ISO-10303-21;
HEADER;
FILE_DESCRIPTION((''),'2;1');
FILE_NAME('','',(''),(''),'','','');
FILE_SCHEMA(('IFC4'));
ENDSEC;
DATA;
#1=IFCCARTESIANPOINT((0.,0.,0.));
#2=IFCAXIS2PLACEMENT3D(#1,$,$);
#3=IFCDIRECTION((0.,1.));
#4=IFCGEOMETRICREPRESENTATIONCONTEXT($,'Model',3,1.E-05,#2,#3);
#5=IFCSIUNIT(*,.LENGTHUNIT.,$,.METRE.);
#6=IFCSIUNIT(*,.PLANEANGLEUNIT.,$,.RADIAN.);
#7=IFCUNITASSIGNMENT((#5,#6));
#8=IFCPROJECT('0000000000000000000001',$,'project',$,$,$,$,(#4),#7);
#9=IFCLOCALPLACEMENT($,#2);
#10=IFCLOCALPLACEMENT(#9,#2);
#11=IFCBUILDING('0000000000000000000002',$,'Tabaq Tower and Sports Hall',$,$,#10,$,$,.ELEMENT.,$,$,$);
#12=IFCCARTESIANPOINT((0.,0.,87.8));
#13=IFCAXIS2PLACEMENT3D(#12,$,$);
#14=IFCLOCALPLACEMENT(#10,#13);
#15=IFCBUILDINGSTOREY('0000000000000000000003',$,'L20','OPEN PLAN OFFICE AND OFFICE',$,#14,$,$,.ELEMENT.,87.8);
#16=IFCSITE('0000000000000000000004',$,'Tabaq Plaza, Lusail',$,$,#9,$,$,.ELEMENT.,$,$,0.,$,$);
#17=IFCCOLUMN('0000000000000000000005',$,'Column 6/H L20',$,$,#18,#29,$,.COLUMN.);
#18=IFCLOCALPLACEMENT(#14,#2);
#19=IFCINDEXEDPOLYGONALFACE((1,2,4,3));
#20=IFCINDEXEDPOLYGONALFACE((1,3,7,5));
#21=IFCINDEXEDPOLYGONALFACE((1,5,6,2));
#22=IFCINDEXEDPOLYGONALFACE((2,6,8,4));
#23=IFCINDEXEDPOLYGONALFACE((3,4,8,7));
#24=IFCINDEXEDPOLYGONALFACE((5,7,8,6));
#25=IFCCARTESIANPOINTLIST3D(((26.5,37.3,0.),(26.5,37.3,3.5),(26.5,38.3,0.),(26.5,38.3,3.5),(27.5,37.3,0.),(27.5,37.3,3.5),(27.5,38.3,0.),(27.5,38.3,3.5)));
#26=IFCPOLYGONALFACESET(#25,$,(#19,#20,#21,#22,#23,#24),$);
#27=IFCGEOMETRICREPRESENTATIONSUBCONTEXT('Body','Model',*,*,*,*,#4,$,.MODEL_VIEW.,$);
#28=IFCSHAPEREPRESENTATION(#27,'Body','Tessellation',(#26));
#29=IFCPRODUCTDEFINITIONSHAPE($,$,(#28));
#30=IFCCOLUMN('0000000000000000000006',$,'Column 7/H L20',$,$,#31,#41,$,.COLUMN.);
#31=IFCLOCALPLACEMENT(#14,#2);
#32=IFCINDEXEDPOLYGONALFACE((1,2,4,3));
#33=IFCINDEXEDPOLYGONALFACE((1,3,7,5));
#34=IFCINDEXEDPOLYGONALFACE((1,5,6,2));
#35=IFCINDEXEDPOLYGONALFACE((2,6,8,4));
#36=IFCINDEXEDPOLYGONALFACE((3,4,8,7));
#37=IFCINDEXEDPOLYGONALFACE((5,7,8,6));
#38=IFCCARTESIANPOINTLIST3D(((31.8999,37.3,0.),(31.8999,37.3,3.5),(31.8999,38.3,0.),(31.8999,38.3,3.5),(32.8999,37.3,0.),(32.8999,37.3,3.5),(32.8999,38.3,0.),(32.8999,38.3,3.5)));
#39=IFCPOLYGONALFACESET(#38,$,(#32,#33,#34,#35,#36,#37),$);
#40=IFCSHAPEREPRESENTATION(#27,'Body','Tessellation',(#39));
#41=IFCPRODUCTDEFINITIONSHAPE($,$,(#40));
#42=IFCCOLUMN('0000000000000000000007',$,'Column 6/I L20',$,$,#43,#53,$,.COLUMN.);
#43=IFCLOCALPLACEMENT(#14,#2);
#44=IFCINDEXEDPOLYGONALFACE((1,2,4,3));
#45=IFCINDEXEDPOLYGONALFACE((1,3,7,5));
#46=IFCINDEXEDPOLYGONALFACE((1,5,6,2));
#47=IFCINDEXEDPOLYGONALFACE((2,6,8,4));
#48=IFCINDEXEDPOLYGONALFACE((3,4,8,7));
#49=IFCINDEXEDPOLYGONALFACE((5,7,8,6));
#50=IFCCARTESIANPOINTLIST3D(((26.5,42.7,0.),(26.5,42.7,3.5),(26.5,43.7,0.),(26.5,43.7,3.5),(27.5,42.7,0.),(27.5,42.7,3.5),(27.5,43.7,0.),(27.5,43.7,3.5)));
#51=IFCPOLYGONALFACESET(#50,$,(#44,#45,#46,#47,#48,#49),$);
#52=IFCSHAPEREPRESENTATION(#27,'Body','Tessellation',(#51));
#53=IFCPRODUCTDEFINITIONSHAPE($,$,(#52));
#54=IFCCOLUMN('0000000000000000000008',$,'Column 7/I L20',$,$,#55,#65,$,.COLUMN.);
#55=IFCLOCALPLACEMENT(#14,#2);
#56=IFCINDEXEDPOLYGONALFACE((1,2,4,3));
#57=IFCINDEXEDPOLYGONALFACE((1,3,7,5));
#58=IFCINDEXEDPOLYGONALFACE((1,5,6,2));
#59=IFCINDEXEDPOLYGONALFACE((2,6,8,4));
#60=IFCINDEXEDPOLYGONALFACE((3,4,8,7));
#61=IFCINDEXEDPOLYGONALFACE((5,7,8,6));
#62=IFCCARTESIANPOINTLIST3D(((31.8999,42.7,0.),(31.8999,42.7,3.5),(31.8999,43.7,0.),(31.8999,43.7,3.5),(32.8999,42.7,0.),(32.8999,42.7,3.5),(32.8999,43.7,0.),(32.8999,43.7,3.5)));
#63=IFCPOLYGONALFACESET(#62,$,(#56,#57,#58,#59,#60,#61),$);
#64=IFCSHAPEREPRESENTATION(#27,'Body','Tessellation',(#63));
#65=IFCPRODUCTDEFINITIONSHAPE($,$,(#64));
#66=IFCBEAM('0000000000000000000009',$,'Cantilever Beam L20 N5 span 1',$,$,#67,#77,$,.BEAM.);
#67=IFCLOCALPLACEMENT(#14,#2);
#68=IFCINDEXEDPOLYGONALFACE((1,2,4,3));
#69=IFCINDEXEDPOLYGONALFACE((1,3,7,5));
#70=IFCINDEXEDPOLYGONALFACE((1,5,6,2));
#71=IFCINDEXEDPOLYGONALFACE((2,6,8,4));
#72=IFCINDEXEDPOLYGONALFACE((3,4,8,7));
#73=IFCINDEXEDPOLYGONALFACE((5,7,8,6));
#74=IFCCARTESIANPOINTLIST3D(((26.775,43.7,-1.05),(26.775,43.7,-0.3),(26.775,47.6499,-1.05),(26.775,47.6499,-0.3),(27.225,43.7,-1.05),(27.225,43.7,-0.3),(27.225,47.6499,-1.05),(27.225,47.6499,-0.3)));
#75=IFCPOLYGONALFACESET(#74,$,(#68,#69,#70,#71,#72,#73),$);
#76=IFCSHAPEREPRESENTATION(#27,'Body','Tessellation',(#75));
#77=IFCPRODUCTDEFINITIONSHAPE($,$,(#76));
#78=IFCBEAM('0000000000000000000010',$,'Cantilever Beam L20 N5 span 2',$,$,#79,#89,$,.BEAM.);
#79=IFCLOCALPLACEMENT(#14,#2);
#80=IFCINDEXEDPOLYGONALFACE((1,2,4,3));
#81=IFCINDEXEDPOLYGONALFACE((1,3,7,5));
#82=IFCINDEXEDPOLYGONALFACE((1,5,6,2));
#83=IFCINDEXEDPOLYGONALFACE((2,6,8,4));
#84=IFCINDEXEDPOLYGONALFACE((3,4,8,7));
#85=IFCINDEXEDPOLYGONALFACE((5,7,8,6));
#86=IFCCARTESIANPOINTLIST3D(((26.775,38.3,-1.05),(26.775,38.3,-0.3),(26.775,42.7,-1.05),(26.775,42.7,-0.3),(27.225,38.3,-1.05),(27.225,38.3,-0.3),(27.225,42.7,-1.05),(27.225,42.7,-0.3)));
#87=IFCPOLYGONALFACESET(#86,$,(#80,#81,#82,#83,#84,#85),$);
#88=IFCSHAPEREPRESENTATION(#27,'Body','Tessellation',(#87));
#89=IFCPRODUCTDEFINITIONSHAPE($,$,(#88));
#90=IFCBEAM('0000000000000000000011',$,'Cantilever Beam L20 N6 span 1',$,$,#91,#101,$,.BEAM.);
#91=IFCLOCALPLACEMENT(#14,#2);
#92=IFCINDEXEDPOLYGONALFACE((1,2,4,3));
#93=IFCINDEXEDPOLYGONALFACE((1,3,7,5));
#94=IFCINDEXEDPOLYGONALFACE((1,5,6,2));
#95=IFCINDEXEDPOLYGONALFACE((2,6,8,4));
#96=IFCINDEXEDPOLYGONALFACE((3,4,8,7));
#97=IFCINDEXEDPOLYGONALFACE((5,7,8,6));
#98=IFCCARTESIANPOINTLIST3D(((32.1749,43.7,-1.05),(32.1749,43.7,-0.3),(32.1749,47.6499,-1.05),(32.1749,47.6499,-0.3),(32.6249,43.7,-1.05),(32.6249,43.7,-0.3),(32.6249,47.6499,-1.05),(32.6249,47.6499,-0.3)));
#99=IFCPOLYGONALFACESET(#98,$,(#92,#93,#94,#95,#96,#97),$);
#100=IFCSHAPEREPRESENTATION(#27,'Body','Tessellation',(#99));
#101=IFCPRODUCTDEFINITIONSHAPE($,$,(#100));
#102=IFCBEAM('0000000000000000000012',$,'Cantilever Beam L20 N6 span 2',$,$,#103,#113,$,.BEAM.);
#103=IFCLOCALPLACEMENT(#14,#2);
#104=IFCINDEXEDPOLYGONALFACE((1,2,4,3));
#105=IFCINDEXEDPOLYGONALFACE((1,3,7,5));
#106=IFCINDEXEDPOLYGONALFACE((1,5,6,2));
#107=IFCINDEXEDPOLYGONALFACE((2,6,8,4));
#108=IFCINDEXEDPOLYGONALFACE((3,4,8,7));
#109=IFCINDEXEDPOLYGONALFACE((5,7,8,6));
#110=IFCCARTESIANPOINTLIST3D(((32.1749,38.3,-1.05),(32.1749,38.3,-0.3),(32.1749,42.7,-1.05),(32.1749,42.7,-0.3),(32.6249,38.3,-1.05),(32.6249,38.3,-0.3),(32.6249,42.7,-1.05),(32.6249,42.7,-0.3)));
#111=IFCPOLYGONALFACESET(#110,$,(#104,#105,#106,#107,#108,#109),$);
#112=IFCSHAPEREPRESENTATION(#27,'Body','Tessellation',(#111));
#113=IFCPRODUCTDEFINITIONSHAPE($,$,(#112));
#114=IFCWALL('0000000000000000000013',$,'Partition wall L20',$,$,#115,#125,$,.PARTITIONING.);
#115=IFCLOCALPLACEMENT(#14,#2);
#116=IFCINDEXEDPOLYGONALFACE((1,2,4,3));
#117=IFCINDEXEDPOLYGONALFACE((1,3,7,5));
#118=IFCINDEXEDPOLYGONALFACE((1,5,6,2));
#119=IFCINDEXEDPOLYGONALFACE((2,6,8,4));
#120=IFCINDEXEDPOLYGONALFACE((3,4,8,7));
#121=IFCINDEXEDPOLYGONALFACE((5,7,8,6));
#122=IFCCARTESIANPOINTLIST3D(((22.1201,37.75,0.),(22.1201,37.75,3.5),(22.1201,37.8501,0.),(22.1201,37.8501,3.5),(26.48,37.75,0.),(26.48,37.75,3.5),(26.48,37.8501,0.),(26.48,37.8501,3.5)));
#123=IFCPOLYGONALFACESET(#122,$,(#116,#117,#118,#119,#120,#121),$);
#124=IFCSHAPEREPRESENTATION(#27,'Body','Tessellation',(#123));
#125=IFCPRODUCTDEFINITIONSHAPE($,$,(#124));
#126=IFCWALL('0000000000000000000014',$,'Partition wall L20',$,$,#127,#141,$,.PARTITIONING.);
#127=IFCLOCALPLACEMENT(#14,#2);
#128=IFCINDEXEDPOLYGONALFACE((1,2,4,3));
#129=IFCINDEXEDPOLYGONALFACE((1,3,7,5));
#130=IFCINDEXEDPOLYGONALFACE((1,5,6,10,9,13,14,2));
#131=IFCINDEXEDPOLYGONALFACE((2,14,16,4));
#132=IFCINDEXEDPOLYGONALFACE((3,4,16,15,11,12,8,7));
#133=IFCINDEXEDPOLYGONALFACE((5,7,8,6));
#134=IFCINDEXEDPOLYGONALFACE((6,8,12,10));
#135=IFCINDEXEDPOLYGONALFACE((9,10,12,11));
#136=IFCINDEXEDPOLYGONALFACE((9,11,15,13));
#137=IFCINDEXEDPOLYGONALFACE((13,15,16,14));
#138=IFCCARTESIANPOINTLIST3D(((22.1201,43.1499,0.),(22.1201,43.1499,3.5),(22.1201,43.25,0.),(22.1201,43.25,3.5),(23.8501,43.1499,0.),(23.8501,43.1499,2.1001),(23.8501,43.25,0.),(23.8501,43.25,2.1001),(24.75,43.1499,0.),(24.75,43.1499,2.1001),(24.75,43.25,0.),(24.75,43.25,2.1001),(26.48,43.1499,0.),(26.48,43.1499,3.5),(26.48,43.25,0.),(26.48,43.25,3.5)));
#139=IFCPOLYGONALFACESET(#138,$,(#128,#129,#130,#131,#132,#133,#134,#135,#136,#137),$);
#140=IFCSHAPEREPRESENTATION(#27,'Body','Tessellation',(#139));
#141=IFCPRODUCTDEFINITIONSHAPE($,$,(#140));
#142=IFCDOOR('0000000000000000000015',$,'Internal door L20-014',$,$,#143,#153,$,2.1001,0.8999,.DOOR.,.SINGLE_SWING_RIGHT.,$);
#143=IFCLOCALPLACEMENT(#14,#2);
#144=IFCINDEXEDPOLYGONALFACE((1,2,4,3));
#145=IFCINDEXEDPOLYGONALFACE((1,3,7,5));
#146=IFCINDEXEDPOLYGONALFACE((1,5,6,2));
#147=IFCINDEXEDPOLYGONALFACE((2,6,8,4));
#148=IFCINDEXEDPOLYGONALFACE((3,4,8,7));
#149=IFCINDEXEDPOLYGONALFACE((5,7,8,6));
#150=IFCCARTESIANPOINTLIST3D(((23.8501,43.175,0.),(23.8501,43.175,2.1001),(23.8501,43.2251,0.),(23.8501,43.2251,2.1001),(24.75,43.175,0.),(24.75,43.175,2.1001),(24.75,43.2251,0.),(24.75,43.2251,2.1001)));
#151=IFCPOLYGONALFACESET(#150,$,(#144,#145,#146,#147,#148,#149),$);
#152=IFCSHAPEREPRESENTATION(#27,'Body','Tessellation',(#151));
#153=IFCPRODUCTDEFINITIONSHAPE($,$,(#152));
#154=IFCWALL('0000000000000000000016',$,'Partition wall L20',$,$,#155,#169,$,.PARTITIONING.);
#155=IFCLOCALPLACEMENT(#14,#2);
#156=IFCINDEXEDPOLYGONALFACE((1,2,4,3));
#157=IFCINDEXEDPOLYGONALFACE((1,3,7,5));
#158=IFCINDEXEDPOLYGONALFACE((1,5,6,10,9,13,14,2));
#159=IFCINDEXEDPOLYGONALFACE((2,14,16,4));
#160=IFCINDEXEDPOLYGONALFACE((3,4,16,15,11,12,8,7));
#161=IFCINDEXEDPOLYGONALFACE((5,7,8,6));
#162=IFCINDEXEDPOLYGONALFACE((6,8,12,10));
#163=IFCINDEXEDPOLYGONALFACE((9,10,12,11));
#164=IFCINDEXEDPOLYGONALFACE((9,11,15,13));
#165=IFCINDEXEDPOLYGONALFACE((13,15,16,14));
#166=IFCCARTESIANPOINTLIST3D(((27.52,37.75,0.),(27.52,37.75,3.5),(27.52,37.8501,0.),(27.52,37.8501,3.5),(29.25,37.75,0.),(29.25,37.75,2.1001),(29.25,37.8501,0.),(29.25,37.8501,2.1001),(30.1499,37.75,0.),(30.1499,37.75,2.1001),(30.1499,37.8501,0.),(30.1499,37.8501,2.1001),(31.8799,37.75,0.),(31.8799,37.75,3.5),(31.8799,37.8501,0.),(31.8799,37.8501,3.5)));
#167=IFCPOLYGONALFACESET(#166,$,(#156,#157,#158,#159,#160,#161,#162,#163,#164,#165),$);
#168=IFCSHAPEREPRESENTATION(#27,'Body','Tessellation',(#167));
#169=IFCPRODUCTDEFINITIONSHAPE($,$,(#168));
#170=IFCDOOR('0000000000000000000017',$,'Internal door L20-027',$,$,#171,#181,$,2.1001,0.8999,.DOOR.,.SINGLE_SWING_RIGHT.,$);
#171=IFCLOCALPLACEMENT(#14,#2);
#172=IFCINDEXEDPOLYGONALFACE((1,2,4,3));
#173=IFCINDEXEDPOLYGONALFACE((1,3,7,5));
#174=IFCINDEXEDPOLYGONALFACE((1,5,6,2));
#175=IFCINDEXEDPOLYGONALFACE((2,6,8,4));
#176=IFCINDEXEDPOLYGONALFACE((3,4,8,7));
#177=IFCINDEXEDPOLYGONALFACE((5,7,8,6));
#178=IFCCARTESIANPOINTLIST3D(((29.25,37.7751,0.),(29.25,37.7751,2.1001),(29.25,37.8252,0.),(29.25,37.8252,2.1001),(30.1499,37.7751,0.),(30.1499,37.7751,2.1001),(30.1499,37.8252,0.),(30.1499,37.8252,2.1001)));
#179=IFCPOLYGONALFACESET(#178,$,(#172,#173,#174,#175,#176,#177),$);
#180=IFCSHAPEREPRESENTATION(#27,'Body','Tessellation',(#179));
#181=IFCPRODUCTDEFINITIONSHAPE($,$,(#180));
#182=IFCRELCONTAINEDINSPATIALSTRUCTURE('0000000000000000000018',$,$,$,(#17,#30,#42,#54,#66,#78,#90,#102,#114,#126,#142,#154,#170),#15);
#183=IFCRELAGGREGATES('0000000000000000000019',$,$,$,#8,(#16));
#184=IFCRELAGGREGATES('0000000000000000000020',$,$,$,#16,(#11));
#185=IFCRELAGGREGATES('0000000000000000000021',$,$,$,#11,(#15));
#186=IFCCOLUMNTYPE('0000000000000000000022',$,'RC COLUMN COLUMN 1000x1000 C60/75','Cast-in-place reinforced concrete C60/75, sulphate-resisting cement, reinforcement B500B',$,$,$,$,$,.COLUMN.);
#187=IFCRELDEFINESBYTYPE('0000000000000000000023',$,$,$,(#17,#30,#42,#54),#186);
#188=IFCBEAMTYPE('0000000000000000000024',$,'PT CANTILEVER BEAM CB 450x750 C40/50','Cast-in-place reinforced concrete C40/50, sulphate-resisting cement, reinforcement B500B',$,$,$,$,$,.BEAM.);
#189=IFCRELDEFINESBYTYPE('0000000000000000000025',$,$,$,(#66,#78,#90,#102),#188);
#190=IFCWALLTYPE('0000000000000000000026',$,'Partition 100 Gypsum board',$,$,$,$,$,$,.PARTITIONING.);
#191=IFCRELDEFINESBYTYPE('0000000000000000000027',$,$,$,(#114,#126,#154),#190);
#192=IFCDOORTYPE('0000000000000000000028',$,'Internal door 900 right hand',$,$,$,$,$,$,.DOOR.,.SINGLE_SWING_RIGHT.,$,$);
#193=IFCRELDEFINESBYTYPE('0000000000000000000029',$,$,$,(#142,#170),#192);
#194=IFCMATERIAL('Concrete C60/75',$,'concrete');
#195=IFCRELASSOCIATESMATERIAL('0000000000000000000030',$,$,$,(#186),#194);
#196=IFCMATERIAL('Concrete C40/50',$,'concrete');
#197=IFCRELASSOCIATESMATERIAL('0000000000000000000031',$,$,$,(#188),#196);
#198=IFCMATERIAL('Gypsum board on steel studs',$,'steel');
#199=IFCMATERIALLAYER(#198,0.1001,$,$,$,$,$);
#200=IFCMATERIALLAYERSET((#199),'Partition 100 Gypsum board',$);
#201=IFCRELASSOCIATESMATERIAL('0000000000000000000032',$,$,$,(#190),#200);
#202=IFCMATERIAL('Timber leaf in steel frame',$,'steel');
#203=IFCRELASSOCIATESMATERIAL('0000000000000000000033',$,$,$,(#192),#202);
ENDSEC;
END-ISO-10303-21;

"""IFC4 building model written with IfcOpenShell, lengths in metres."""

from ifc_helpers import new_model, si_unit, direction, frame, frame_2d, origin, origin_2d, place, context, subcontext, project, spatial, rectangle, extrude, material, layer, layer_set, material_profile, profile_set, type_object, element, fill, save


model = new_model("IFC4")

# Units and contexts
model_context = context("Model", 3, precision=1e-05, world=origin(), true_north=direction((0.0, 1.0)))
body_context = subcontext(model_context, "Body", "Model", "MODEL_VIEW")
ifc_project = project(units=[si_unit("LENGTHUNIT", "METRE"), si_unit("PLANEANGLEUNIT", "RADIAN")], contexts=[model_context])

# Site, building, storey
site_placement = place(None, origin())
site = spatial("IfcSite", under=ifc_project, at=site_placement, Name="Tabaq Plaza, Lusail", CompositionType="ELEMENT", RefElevation=0.0)
building_placement = place(site_placement, origin())
building = spatial("IfcBuilding", under=site, at=building_placement, Name="Tabaq Tower and Sports Hall", CompositionType="ELEMENT")
storey_placement = place(building_placement, frame((0.0, 0.0, 87.8)))
storey = spatial("IfcBuildingStorey", under=building, at=storey_placement, Name="L20", Description="OPEN PLAN OFFICE AND OFFICE", CompositionType="ELEMENT", Elevation=87.8)

# Columns
ifc_material_1 = material(Name="Concrete C60/75", Category="concrete")
ifc_material_profile_1 = material_profile(ifc_material_1, rectangle(XDim=1.0, YDim=1.0, at=origin_2d()), Name="COLUMN 1000x1000")
ifc_profile_set_1 = profile_set([ifc_material_profile_1], Name="Concrete C60/75")
column_type = type_object("IfcColumnType", Name="RC COLUMN COLUMN 1000x1000 C60/75", Description="Cast-in-place reinforced concrete C60/75, sulphate-resisting cement, reinforcement B500B", PredefinedType="COLUMN", material=ifc_profile_set_1)
for number, where, z_axis, x_axis, name in (
    (1, (27.0, 37.8, 0.0), (0.0, 0.0, 1.0), (1.0, 0.0, 0.0), "Column 6/H L20"),
    (2, (32.3999, 37.8, 0.0), (0.0, 0.0, 1.0), (1.0, 0.0, 0.0), "Column 7/H L20"),
    (3, (27.0, 43.2, 0.0), (0.0, 0.0, 1.0), (1.0, 0.0, 0.0), "Column 6/I L20"),
    (4, (32.3999, 43.2, 0.0), (0.0, 0.0, 1.0), (1.0, 0.0, 0.0), "Column 7/I L20"),
):
    element("IfcColumn", number, at=place(storey_placement, frame(where, z_axis=z_axis, x_axis=x_axis)), inside=storey, type_object=column_type, Name=name, PredefinedType="COLUMN", context=body_context, shape_type="SweptSolid", body=[
        extrude(rectangle(XDim=1.0, YDim=1.0, at=origin_2d()), origin(), (0.0, 0.0, 1.0), 3.5),
    ])

# Beams
ifc_material_2 = material(Name="Concrete C40/50", Category="concrete")
ifc_material_profile_2 = material_profile(ifc_material_2, rectangle(XDim=0.45, YDim=0.75, at=origin_2d()), Name="CB 450x750")
ifc_profile_set_2 = profile_set([ifc_material_profile_2], Name="Concrete C40/50")
beam_type = type_object("IfcBeamType", Name="PT CANTILEVER BEAM CB 450x750 C40/50", Description="Cast-in-place reinforced concrete C40/50, sulphate-resisting cement, reinforcement B500B", PredefinedType="BEAM", material=ifc_profile_set_2)
beam_1_placement = place(storey_placement, frame((27.0, 47.6499, -0.675), z_axis=(0.0, -1.0, 0.0), x_axis=(1.0, 0.0, 0.0)))
element("IfcBeam", 5, at=beam_1_placement, inside=storey, type_object=beam_type, Name="Cantilever Beam L20 N5 span 1", PredefinedType="BEAM", context=body_context, shape_type="SweptSolid", body=[
    extrude(rectangle(XDim=0.45, YDim=0.75, at=origin_2d()), origin(), (0.0, 0.0, 1.0), 3.95),
])
beam_2_placement = place(storey_placement, frame((27.0, 42.7, -0.675), z_axis=(0.0, -1.0, 0.0), x_axis=(1.0, 0.0, 0.0)))
element("IfcBeam", 6, at=beam_2_placement, inside=storey, type_object=beam_type, Name="Cantilever Beam L20 N5 span 2", PredefinedType="BEAM", context=body_context, shape_type="SweptSolid", body=[
    extrude(rectangle(XDim=0.45, YDim=0.75, at=origin_2d()), origin(), (0.0, 0.0, 1.0), 4.3999),
])
beam_3_placement = place(storey_placement, frame((32.3999, 47.6499, -0.675), z_axis=(0.0, -1.0, 0.0), x_axis=(1.0, 0.0, 0.0)))
element("IfcBeam", 7, at=beam_3_placement, inside=storey, type_object=beam_type, Name="Cantilever Beam L20 N6 span 1", PredefinedType="BEAM", context=body_context, shape_type="SweptSolid", body=[
    extrude(rectangle(XDim=0.45, YDim=0.75, at=origin_2d()), origin(), (0.0, 0.0, 1.0), 3.95),
])
beam_4_placement = place(storey_placement, frame((32.3999, 42.7, -0.675), z_axis=(0.0, -1.0, 0.0), x_axis=(1.0, 0.0, 0.0)))
element("IfcBeam", 8, at=beam_4_placement, inside=storey, type_object=beam_type, Name="Cantilever Beam L20 N6 span 2", PredefinedType="BEAM", context=body_context, shape_type="SweptSolid", body=[
    extrude(rectangle(XDim=0.45, YDim=0.75, at=origin_2d()), origin(), (0.0, 0.0, 1.0), 4.3999),
])

# Wall
ifc_material_3 = material(Name="Gypsum board on steel studs", Category="steel")
ifc_layer_1 = layer(ifc_material_3, 0.1001)
ifc_layer_set_1 = layer_set([ifc_layer_1], Name="Partition 100 Gypsum board")
wall_type_1 = type_object("IfcWallType", Name="Partition 100 Gypsum board", PredefinedType="PARTITIONING", material=ifc_layer_set_1)
wall_1_placement = place(storey_placement, frame((26.48, 37.8, 0.0), z_axis=(0.0, 0.0, 1.0), x_axis=(-1.0, 0.0, 0.0)))
element("IfcWall", 9, at=wall_1_placement, inside=storey, type_object=wall_type_1, Name="Partition wall L20", PredefinedType="PARTITIONING", context=body_context, shape_type="SweptSolid", body=[
    extrude(rectangle(XDim=4.3599, YDim=0.1001, at=frame_2d((2.1799, 0.0))), origin(), (0.0, 0.0, 1.0), 3.5),
])

# Walls, openings, doors
wall_2_placement = place(storey_placement, frame((26.48, 43.2, 0.0), z_axis=(0.0, 0.0, 1.0), x_axis=(-1.0, 0.0, 0.0)))
wall_2 = element("IfcWall", 10, at=wall_2_placement, inside=storey, type_object=wall_type_1, Name="Partition wall L20", PredefinedType="PARTITIONING", context=body_context, shape_type="SweptSolid", body=[
    extrude(rectangle(XDim=4.3599, YDim=0.1001, at=frame_2d((2.1799, 0.0))), origin(), (0.0, 0.0, 1.0), 3.5),
])
opening_1_placement = place(wall_2_placement, frame((1.73, 0.0, 0.0)))
opening_1 = element("IfcOpeningElement", 11, at=opening_1_placement, cuts=wall_2, PredefinedType="OPENING", context=body_context, shape_type="SweptSolid", body=[
    extrude(rectangle(XDim=0.8999, YDim=2.1001, at=frame_2d((0.45, 1.05))), frame((0.0, 0.05, 0.0), z_axis=(0.0, -1.0, 0.0), x_axis=(1.0, 0.0, 0.0)), (0.0, 0.0, 1.0), 0.1001),
])
ifc_material_4 = material(Name="Timber leaf in steel frame", Category="steel")
door_type = type_object("IfcDoorType", Name="Internal door 900 right hand", OperationType="SINGLE_SWING_RIGHT", PredefinedType="DOOR", material=ifc_material_4)
door_1_placement = place(opening_1_placement, origin())
door_1 = element("IfcDoor", 12, at=door_1_placement, inside=storey, type_object=door_type, Name="Internal door L20-014", OperationType="SINGLE_SWING_RIGHT", OverallHeight=2.1001, OverallWidth=0.8999, PredefinedType="DOOR", context=body_context, shape_type="SweptSolid", body=[
    extrude(rectangle(XDim=0.8999, YDim=2.1001, at=frame_2d((0.45, 1.05))), frame((0.0, 0.0249, 0.0), z_axis=(0.0, -1.0, 0.0), x_axis=(1.0, 0.0, 0.0)), (0.0, 0.0, 1.0), 0.05),
])
fill(opening_1, door_1)
wall_3_placement = place(storey_placement, frame((31.8799, 37.8, 0.0), z_axis=(0.0, 0.0, 1.0), x_axis=(-1.0, 0.0, 0.0)))
wall_3 = element("IfcWall", 13, at=wall_3_placement, inside=storey, type_object=wall_type_1, Name="Partition wall L20", PredefinedType="PARTITIONING", context=body_context, shape_type="SweptSolid", body=[
    extrude(rectangle(XDim=4.3599, YDim=0.1001, at=frame_2d((2.1799, 0.0))), origin(), (0.0, 0.0, 1.0), 3.5),
])
opening_2_placement = place(wall_3_placement, frame((1.73, 0.0, 0.0)))
opening_2 = element("IfcOpeningElement", 14, at=opening_2_placement, cuts=wall_3, PredefinedType="OPENING", context=body_context, shape_type="SweptSolid", body=[
    extrude(rectangle(XDim=0.8999, YDim=2.1001, at=frame_2d((0.45, 1.05))), frame((0.0, 0.05, 0.0), z_axis=(0.0, -1.0, 0.0), x_axis=(1.0, 0.0, 0.0)), (0.0, 0.0, 1.0), 0.1001),
])
door_2_placement = place(opening_2_placement, origin())
door_2 = element("IfcDoor", 15, at=door_2_placement, inside=storey, type_object=door_type, Name="Internal door L20-027", OperationType="SINGLE_SWING_RIGHT", OverallHeight=2.1001, OverallWidth=0.8999, PredefinedType="DOOR", context=body_context, shape_type="SweptSolid", body=[
    extrude(rectangle(XDim=0.8999, YDim=2.1001, at=frame_2d((0.45, 1.05))), frame((0.0, 0.0249, 0.0), z_axis=(0.0, -1.0, 0.0), x_axis=(1.0, 0.0, 0.0)), (0.0, 0.0, 1.0), 0.05),
])
fill(opening_2, door_2)

save(model, "model.ifc")
